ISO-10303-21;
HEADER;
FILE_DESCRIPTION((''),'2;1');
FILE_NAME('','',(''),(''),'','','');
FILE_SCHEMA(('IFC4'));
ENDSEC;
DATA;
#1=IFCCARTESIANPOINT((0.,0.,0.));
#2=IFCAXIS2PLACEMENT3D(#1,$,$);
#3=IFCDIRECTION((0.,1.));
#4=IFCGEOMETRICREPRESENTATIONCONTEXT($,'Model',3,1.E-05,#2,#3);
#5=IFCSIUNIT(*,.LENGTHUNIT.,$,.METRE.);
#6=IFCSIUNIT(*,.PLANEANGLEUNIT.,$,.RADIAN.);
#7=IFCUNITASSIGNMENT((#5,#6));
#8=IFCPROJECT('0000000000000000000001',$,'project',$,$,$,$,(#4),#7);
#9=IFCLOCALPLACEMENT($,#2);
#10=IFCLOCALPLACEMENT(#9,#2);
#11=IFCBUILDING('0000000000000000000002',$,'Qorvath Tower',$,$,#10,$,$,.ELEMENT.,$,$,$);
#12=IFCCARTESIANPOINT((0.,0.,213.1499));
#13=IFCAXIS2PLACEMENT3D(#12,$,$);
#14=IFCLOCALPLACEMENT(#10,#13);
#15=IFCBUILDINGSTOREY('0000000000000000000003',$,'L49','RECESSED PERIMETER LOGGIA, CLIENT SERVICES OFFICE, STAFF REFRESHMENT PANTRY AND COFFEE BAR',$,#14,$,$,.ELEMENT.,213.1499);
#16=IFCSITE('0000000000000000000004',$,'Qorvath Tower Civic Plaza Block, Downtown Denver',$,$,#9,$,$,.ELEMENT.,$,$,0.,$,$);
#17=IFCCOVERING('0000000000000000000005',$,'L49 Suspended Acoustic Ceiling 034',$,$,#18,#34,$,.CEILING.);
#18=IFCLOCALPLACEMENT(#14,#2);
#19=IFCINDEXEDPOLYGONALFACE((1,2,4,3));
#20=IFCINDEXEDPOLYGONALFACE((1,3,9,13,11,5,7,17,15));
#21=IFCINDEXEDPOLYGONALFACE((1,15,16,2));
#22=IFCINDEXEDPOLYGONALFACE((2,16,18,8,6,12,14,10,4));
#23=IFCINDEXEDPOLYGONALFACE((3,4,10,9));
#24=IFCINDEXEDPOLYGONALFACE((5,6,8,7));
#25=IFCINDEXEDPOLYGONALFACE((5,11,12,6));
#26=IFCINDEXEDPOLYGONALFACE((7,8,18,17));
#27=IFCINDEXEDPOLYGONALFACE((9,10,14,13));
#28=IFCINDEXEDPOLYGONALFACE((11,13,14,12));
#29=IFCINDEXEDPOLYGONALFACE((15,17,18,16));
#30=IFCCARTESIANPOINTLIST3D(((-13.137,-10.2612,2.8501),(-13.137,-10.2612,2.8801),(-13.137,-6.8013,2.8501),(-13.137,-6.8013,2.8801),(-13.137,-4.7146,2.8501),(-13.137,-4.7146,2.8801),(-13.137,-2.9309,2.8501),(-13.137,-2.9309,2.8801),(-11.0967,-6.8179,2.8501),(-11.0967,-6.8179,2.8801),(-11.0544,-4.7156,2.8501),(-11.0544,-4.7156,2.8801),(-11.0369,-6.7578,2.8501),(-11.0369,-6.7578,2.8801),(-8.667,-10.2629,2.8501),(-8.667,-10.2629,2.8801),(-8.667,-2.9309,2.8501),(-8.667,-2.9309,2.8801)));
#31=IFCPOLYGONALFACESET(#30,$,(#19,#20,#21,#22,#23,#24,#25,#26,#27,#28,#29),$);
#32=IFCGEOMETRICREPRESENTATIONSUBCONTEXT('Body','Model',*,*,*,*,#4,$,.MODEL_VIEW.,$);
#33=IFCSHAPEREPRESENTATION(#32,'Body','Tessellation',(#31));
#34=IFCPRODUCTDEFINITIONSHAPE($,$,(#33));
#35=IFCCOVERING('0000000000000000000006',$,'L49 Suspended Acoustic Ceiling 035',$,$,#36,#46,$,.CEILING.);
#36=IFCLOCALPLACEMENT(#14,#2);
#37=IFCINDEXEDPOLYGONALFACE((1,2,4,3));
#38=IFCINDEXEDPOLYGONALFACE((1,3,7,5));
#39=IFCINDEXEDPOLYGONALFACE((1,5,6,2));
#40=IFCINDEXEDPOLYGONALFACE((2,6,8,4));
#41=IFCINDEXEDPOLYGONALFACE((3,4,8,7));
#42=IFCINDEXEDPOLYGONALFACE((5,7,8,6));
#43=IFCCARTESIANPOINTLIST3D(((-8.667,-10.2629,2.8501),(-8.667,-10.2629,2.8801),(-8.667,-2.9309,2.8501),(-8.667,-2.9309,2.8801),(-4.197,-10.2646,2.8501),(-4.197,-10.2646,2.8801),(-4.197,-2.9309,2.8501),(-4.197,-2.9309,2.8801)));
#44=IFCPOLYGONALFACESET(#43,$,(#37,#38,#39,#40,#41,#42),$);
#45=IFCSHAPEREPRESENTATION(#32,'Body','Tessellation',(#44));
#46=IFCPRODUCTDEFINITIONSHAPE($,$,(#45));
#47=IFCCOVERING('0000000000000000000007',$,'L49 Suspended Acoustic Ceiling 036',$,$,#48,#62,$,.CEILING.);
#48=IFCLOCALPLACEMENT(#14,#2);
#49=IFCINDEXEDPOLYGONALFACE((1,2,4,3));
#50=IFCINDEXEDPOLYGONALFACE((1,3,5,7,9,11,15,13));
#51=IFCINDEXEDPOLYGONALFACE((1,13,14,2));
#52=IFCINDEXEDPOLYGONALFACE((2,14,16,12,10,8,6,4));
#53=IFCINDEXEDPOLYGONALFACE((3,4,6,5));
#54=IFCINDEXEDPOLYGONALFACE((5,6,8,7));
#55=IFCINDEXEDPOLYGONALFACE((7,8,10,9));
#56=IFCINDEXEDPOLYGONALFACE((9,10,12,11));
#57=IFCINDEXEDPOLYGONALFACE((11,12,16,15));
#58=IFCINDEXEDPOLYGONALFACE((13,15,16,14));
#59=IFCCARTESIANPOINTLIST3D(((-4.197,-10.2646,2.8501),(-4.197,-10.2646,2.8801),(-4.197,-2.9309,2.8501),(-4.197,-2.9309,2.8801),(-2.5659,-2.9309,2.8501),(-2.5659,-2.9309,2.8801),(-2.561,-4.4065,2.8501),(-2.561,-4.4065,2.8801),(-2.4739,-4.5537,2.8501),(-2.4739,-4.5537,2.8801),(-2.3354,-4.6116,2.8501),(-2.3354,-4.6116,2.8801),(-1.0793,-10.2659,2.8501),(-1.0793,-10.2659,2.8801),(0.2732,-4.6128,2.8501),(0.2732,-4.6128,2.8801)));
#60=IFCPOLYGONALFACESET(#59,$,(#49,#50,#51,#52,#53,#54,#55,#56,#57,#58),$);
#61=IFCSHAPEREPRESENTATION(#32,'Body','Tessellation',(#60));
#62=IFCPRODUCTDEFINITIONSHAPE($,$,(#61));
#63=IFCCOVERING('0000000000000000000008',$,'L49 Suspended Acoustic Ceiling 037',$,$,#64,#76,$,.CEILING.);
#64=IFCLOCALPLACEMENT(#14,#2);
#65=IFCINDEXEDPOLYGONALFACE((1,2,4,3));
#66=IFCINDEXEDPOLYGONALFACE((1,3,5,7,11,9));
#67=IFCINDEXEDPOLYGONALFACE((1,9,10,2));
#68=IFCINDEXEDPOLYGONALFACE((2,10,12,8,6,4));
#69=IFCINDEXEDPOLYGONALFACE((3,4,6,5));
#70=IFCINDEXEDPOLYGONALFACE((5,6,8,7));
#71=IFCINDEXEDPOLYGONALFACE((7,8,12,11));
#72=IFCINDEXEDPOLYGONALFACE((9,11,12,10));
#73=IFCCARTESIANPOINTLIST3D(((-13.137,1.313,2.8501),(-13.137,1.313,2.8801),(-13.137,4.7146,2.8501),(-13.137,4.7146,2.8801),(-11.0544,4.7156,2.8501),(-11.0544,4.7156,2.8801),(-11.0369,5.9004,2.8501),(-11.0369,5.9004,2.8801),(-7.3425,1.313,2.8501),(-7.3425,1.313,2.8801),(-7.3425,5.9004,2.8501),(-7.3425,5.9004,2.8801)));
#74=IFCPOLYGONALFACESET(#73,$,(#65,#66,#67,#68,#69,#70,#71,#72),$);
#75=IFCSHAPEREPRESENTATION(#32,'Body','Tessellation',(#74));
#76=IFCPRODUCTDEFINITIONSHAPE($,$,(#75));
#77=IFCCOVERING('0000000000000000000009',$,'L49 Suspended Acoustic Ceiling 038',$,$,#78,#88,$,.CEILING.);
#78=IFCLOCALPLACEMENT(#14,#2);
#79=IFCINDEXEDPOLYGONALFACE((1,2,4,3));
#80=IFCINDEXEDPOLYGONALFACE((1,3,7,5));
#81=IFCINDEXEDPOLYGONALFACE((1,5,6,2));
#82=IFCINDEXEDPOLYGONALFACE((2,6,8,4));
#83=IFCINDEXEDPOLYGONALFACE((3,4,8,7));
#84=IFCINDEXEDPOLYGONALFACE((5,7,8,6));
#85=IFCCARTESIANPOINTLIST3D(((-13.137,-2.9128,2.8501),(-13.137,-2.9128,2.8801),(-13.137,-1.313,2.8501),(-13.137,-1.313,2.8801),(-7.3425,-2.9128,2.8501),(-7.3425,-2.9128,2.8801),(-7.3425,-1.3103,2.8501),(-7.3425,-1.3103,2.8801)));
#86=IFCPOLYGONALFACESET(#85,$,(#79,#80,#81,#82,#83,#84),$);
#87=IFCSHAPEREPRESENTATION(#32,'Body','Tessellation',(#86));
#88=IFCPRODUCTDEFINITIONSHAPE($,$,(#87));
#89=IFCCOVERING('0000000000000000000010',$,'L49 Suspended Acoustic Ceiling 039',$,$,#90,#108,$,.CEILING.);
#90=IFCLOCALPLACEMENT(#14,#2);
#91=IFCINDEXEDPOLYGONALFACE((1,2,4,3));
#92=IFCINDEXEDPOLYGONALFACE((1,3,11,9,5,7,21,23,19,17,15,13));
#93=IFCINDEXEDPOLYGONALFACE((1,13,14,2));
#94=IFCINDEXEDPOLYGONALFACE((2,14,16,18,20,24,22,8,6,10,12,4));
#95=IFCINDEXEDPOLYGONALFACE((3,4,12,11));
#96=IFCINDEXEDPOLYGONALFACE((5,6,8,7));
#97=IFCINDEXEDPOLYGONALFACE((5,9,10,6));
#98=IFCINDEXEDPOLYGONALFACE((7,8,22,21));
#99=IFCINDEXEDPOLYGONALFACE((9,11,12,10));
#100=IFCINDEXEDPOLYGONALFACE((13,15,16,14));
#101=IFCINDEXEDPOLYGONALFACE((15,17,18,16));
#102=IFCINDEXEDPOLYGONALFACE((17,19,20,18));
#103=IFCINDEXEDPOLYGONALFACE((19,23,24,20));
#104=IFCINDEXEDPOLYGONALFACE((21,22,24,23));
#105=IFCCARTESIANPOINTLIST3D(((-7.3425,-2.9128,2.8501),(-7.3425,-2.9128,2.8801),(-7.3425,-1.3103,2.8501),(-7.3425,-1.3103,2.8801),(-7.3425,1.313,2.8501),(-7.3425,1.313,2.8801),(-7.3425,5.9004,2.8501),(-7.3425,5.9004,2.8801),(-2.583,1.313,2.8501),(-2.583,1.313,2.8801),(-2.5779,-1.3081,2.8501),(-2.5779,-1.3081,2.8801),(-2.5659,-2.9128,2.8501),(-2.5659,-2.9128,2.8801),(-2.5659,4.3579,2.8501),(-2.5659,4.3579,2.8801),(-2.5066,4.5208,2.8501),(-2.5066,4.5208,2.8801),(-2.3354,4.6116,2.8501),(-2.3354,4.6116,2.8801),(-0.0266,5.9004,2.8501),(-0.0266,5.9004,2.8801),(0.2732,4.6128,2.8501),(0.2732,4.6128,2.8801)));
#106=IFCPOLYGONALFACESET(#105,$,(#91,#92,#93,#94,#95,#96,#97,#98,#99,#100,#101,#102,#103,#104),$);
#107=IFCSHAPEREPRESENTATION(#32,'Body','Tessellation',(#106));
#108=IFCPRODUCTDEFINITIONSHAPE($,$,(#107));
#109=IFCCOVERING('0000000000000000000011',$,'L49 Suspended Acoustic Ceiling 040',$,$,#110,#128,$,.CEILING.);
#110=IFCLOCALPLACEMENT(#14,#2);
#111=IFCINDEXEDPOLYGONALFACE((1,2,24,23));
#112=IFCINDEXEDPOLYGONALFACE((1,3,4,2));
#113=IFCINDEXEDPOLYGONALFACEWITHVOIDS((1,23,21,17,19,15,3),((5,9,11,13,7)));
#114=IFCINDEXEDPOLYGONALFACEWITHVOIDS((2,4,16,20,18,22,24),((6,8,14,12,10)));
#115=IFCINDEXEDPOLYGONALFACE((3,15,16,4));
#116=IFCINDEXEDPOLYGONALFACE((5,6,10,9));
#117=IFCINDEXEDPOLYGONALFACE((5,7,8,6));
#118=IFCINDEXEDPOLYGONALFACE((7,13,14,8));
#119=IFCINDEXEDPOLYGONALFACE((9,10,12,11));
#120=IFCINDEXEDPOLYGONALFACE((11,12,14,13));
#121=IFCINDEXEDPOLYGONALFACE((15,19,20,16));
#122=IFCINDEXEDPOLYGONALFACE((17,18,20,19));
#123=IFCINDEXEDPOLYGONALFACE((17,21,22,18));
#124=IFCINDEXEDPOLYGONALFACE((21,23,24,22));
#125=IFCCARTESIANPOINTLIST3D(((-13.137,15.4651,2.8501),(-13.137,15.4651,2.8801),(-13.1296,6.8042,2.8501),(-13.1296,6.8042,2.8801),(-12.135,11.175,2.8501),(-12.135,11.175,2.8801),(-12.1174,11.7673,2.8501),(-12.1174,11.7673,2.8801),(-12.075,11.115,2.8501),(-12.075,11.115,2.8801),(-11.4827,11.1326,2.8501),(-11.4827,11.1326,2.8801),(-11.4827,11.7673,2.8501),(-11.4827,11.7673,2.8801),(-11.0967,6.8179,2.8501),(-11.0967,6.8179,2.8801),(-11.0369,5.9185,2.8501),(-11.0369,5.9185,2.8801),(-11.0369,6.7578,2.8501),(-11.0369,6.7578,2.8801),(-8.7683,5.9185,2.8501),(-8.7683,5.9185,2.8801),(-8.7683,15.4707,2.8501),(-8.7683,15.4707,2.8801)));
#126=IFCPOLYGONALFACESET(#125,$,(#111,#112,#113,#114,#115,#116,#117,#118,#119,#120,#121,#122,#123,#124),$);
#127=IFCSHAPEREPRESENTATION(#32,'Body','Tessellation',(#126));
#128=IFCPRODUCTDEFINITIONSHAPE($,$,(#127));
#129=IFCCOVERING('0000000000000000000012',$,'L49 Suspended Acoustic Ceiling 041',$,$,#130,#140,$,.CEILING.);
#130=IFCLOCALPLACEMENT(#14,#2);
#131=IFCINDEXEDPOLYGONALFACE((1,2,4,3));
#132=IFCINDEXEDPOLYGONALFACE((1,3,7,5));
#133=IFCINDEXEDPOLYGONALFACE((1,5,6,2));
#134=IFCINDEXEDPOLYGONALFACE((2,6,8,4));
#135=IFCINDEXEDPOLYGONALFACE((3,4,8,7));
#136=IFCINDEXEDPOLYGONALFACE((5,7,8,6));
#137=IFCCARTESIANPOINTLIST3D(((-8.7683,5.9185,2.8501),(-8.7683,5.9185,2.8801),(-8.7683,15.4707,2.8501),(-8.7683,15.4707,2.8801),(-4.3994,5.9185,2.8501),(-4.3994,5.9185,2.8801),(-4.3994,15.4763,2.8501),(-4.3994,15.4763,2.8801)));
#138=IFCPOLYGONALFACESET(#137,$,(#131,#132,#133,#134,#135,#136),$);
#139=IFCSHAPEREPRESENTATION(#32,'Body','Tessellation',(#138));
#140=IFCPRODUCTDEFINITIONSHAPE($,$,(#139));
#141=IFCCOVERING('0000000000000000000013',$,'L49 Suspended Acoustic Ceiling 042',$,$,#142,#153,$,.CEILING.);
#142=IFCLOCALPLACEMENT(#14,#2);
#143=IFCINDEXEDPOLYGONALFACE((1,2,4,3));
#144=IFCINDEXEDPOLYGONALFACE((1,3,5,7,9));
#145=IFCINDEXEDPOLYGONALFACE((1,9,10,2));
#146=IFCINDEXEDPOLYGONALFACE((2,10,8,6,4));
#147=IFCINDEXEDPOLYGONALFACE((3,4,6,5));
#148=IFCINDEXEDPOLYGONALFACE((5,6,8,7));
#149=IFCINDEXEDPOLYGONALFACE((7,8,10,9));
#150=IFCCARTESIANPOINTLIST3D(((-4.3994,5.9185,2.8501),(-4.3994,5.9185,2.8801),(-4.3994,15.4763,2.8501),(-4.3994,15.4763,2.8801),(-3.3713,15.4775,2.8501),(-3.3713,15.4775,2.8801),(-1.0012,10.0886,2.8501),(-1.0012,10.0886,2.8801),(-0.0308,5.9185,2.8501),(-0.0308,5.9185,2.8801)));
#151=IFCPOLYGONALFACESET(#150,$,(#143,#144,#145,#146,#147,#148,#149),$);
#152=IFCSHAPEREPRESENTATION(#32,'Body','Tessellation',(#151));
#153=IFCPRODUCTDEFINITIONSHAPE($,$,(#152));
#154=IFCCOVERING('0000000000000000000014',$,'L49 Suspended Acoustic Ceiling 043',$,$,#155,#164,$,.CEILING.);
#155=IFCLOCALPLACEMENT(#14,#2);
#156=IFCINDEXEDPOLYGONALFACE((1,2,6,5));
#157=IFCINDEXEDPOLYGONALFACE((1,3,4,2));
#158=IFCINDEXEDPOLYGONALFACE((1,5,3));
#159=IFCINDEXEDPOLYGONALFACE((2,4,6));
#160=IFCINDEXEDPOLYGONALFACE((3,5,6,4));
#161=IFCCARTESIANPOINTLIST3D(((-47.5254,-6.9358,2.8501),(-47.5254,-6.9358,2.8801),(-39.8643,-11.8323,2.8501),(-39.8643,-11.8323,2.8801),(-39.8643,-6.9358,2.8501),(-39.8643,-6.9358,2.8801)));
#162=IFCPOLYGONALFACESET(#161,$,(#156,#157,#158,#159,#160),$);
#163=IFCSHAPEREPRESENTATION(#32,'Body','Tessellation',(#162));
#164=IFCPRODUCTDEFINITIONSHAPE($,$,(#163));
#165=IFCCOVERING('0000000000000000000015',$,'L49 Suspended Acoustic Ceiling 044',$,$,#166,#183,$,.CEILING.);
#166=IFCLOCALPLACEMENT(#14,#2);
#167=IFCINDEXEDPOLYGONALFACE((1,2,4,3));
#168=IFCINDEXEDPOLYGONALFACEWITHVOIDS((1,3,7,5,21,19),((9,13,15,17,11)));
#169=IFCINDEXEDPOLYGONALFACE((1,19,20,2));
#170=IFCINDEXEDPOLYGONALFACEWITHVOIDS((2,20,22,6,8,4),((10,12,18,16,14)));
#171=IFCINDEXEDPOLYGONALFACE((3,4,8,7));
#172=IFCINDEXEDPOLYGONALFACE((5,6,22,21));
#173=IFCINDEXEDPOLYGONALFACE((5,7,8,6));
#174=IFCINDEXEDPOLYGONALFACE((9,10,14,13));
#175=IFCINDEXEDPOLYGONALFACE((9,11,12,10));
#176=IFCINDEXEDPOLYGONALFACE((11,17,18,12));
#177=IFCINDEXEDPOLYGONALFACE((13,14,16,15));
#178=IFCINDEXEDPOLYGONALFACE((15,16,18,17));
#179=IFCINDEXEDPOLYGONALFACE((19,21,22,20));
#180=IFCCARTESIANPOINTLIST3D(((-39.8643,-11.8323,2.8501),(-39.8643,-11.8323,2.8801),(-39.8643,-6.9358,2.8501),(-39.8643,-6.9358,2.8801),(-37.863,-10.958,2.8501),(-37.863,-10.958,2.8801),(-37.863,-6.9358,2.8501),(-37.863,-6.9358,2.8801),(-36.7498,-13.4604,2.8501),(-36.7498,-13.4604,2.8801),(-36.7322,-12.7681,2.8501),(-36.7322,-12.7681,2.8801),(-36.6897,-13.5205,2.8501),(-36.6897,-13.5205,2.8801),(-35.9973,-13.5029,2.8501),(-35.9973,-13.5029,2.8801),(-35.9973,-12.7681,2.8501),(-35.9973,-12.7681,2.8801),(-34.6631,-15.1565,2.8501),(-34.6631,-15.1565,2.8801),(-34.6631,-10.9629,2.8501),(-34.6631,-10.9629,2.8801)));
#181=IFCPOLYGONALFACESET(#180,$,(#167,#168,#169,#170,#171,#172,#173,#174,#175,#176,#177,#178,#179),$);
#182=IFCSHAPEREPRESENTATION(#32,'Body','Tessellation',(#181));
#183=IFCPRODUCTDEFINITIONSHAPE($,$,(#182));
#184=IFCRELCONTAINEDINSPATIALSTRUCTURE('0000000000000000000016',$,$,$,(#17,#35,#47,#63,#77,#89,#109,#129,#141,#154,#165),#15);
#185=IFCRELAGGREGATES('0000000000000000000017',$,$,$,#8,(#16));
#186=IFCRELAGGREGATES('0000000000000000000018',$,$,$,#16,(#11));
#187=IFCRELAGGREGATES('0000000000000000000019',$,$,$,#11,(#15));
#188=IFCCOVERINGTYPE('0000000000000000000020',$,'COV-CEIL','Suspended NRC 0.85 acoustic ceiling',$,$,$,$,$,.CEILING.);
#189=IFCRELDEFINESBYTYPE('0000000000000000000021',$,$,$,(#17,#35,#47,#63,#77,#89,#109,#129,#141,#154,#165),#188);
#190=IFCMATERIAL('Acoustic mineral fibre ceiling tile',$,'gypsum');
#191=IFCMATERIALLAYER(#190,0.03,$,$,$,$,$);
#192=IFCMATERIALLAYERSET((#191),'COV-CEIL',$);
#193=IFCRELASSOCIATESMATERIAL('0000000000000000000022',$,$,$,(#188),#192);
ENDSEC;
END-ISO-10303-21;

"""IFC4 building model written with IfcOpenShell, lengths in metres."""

from ifc_helpers import new_model, si_unit, direction, frame, origin, place, context, subcontext, project, spatial, polyline, outline, extrude, material, layer, layer_set, type_object, element, save


model = new_model("IFC4")

# Units and contexts
model_context = context("Model", 3, precision=1e-05, world=origin(), true_north=direction((0.0, 1.0)))
body_context = subcontext(model_context, "Body", "Model", "MODEL_VIEW")
ifc_project = project(units=[si_unit("LENGTHUNIT", "METRE"), si_unit("PLANEANGLEUNIT", "RADIAN")], contexts=[model_context])

# Site, building, storey
site_placement = place(None, origin())
site = spatial("IfcSite", under=ifc_project, at=site_placement, Name="Qorvath Tower Civic Plaza Block, Downtown Denver", CompositionType="ELEMENT", RefElevation=0.0)
building_placement = place(site_placement, origin())
building = spatial("IfcBuilding", under=site, at=building_placement, Name="Qorvath Tower", CompositionType="ELEMENT")
storey_placement = place(building_placement, frame((0.0, 0.0, 213.1499)))
storey = spatial("IfcBuildingStorey", under=building, at=storey_placement, Name="L49", Description="RECESSED PERIMETER LOGGIA, CLIENT SERVICES OFFICE, STAFF REFRESHMENT PANTRY AND COFFEE BAR", CompositionType="ELEMENT", Elevation=213.1499)

# Coverings
ifc_material_1 = material(Name="Acoustic mineral fibre ceiling tile", Category="gypsum")
ifc_layer_1 = layer(ifc_material_1, 0.03)
ifc_layer_set_1 = layer_set([ifc_layer_1], Name="COV-CEIL")
covering_type_1 = type_object("IfcCoveringType", Name="COV-CEIL", Description="Suspended NRC 0.85 acoustic ceiling", PredefinedType="CEILING", material=ifc_layer_set_1)
covering_1_placement = place(storey_placement, frame((0.0, 0.0, 2.8501)))
element("IfcCovering", 1, at=covering_1_placement, inside=storey, type_object=covering_type_1, Name="L49 Suspended Acoustic Ceiling 034", PredefinedType="CEILING", context=body_context, shape_type="SweptSolid", body=[
    extrude(outline(polyline([(-8.667, -10.2629), (-8.667, -2.9309), (-13.137, -2.9309), (-13.137, -4.7146), (-11.0544, -4.7156), (-11.0369, -6.7578), (-11.0967, -6.8179), (-13.137, -6.8013), (-13.137, -10.2612), (-8.667, -10.2629)])), origin(), (0.0, 0.0, 1.0), 0.03),
])
covering_2_placement = place(storey_placement, frame((0.0, 0.0, 2.8501)))
element("IfcCovering", 2, at=covering_2_placement, inside=storey, type_object=covering_type_1, Name="L49 Suspended Acoustic Ceiling 035", PredefinedType="CEILING", context=body_context, shape_type="SweptSolid", body=[
    extrude(outline(polyline([(-4.197, -10.2646), (-4.197, -2.9309), (-8.667, -2.9309), (-8.667, -10.2629), (-4.197, -10.2646)])), origin(), (0.0, 0.0, 1.0), 0.03),
])
covering_3_placement = place(storey_placement, frame((0.0, 0.0, 2.8501)))
element("IfcCovering", 3, at=covering_3_placement, inside=storey, type_object=covering_type_1, Name="L49 Suspended Acoustic Ceiling 036", PredefinedType="CEILING", context=body_context, shape_type="SweptSolid", body=[
    extrude(outline(polyline([(-2.4739, -4.5537), (-2.561, -4.4065), (-2.5659, -2.9309), (-4.197, -2.9309), (-4.197, -10.2646), (-1.0793, -10.2659), (0.2732, -4.6128), (-2.3354, -4.6116), (-2.4739, -4.5537)])), origin(), (0.0, 0.0, 1.0), 0.03),
])
covering_4_placement = place(storey_placement, frame((0.0, 0.0, 2.8501)))
element("IfcCovering", 4, at=covering_4_placement, inside=storey, type_object=covering_type_1, Name="L49 Suspended Acoustic Ceiling 037", PredefinedType="CEILING", context=body_context, shape_type="SweptSolid", body=[
    extrude(outline(polyline([(-7.3425, 1.313), (-7.3425, 5.9004), (-11.0369, 5.9004), (-11.0544, 4.7156), (-13.137, 4.7146), (-13.137, 1.313), (-7.3425, 1.313)])), origin(), (0.0, 0.0, 1.0), 0.03),
])
covering_5_placement = place(storey_placement, frame((0.0, 0.0, 2.8501)))
element("IfcCovering", 5, at=covering_5_placement, inside=storey, type_object=covering_type_1, Name="L49 Suspended Acoustic Ceiling 038", PredefinedType="CEILING", context=body_context, shape_type="SweptSolid", body=[
    extrude(outline(polyline([(-7.3425, -2.9128), (-7.3425, -1.3103), (-13.137, -1.313), (-13.137, -2.9128), (-7.3425, -2.9128)])), origin(), (0.0, 0.0, 1.0), 0.03),
])
covering_6_placement = place(storey_placement, frame((0.0, 0.0, 2.8501)))
element("IfcCovering", 6, at=covering_6_placement, inside=storey, type_object=covering_type_1, Name="L49 Suspended Acoustic Ceiling 039", PredefinedType="CEILING", context=body_context, shape_type="SweptSolid", body=[
    extrude(outline(polyline([(-2.5066, 4.5208), (-2.3354, 4.6116), (0.2732, 4.6128), (-0.0266, 5.9004), (-7.3425, 5.9004), (-7.3425, 1.313), (-2.583, 1.313), (-2.5779, -1.3081), (-7.3425, -1.3103), (-7.3425, -2.9128), (-2.5659, -2.9128), (-2.5659, 4.3579), (-2.5066, 4.5208)])), origin(), (0.0, 0.0, 1.0), 0.03),
])
covering_7_placement = place(storey_placement, frame((0.0, 0.0, 2.8501)))
element("IfcCovering", 7, at=covering_7_placement, inside=storey, type_object=covering_type_1, Name="L49 Suspended Acoustic Ceiling 040", PredefinedType="CEILING", context=body_context, shape_type="SweptSolid", body=[
    extrude(outline(polyline([(-11.0369, 6.7578), (-11.0369, 5.9185), (-8.7683, 5.9185), (-8.7683, 15.4707), (-13.137, 15.4651), (-13.1296, 6.8042), (-11.0967, 6.8179), (-11.0369, 6.7578)]), holes=[polyline([(-12.135, 11.175), (-12.1174, 11.7673), (-11.4827, 11.7673), (-11.4827, 11.1326), (-12.075, 11.115), (-12.135, 11.175)])]), origin(), (0.0, 0.0, 1.0), 0.03),
])
covering_8_placement = place(storey_placement, frame((0.0, 0.0, 2.8501)))
element("IfcCovering", 8, at=covering_8_placement, inside=storey, type_object=covering_type_1, Name="L49 Suspended Acoustic Ceiling 041", PredefinedType="CEILING", context=body_context, shape_type="SweptSolid", body=[
    extrude(outline(polyline([(-8.7683, 15.4707), (-8.7683, 5.9185), (-4.3994, 5.9185), (-4.3994, 15.4763), (-8.7683, 15.4707)])), origin(), (0.0, 0.0, 1.0), 0.03),
])
covering_9_placement = place(storey_placement, frame((0.0, 0.0, 2.8501)))
element("IfcCovering", 9, at=covering_9_placement, inside=storey, type_object=covering_type_1, Name="L49 Suspended Acoustic Ceiling 042", PredefinedType="CEILING", context=body_context, shape_type="SweptSolid", body=[
    extrude(outline(polyline([(-4.3994, 15.4763), (-4.3994, 5.9185), (-0.0308, 5.9185), (-1.0012, 10.0886), (-3.3713, 15.4775), (-4.3994, 15.4763)])), origin(), (0.0, 0.0, 1.0), 0.03),
])
covering_10_placement = place(storey_placement, frame((0.0, 0.0, 2.8501)))
element("IfcCovering", 10, at=covering_10_placement, inside=storey, type_object=covering_type_1, Name="L49 Suspended Acoustic Ceiling 043", PredefinedType="CEILING", context=body_context, shape_type="SweptSolid", body=[
    extrude(outline(polyline([(-39.8643, -11.8323), (-39.8643, -6.9358), (-47.5254, -6.9358), (-39.8643, -11.8323)])), origin(), (0.0, 0.0, 1.0), 0.03),
])
covering_11_placement = place(storey_placement, frame((0.0, 0.0, 2.8501)))
element("IfcCovering", 11, at=covering_11_placement, inside=storey, type_object=covering_type_1, Name="L49 Suspended Acoustic Ceiling 044", PredefinedType="CEILING", context=body_context, shape_type="SweptSolid", body=[
    extrude(outline(polyline([(-37.863, -10.958), (-37.863, -6.9358), (-39.8643, -6.9358), (-39.8643, -11.8323), (-34.6631, -15.1565), (-34.6631, -10.9629), (-37.863, -10.958)]), holes=[polyline([(-36.7498, -13.4604), (-36.7322, -12.7681), (-35.9973, -12.7681), (-35.9973, -13.5029), (-36.6897, -13.5205), (-36.7498, -13.4604)])]), origin(), (0.0, 0.0, 1.0), 0.03),
])

save(model, "model.ifc")
